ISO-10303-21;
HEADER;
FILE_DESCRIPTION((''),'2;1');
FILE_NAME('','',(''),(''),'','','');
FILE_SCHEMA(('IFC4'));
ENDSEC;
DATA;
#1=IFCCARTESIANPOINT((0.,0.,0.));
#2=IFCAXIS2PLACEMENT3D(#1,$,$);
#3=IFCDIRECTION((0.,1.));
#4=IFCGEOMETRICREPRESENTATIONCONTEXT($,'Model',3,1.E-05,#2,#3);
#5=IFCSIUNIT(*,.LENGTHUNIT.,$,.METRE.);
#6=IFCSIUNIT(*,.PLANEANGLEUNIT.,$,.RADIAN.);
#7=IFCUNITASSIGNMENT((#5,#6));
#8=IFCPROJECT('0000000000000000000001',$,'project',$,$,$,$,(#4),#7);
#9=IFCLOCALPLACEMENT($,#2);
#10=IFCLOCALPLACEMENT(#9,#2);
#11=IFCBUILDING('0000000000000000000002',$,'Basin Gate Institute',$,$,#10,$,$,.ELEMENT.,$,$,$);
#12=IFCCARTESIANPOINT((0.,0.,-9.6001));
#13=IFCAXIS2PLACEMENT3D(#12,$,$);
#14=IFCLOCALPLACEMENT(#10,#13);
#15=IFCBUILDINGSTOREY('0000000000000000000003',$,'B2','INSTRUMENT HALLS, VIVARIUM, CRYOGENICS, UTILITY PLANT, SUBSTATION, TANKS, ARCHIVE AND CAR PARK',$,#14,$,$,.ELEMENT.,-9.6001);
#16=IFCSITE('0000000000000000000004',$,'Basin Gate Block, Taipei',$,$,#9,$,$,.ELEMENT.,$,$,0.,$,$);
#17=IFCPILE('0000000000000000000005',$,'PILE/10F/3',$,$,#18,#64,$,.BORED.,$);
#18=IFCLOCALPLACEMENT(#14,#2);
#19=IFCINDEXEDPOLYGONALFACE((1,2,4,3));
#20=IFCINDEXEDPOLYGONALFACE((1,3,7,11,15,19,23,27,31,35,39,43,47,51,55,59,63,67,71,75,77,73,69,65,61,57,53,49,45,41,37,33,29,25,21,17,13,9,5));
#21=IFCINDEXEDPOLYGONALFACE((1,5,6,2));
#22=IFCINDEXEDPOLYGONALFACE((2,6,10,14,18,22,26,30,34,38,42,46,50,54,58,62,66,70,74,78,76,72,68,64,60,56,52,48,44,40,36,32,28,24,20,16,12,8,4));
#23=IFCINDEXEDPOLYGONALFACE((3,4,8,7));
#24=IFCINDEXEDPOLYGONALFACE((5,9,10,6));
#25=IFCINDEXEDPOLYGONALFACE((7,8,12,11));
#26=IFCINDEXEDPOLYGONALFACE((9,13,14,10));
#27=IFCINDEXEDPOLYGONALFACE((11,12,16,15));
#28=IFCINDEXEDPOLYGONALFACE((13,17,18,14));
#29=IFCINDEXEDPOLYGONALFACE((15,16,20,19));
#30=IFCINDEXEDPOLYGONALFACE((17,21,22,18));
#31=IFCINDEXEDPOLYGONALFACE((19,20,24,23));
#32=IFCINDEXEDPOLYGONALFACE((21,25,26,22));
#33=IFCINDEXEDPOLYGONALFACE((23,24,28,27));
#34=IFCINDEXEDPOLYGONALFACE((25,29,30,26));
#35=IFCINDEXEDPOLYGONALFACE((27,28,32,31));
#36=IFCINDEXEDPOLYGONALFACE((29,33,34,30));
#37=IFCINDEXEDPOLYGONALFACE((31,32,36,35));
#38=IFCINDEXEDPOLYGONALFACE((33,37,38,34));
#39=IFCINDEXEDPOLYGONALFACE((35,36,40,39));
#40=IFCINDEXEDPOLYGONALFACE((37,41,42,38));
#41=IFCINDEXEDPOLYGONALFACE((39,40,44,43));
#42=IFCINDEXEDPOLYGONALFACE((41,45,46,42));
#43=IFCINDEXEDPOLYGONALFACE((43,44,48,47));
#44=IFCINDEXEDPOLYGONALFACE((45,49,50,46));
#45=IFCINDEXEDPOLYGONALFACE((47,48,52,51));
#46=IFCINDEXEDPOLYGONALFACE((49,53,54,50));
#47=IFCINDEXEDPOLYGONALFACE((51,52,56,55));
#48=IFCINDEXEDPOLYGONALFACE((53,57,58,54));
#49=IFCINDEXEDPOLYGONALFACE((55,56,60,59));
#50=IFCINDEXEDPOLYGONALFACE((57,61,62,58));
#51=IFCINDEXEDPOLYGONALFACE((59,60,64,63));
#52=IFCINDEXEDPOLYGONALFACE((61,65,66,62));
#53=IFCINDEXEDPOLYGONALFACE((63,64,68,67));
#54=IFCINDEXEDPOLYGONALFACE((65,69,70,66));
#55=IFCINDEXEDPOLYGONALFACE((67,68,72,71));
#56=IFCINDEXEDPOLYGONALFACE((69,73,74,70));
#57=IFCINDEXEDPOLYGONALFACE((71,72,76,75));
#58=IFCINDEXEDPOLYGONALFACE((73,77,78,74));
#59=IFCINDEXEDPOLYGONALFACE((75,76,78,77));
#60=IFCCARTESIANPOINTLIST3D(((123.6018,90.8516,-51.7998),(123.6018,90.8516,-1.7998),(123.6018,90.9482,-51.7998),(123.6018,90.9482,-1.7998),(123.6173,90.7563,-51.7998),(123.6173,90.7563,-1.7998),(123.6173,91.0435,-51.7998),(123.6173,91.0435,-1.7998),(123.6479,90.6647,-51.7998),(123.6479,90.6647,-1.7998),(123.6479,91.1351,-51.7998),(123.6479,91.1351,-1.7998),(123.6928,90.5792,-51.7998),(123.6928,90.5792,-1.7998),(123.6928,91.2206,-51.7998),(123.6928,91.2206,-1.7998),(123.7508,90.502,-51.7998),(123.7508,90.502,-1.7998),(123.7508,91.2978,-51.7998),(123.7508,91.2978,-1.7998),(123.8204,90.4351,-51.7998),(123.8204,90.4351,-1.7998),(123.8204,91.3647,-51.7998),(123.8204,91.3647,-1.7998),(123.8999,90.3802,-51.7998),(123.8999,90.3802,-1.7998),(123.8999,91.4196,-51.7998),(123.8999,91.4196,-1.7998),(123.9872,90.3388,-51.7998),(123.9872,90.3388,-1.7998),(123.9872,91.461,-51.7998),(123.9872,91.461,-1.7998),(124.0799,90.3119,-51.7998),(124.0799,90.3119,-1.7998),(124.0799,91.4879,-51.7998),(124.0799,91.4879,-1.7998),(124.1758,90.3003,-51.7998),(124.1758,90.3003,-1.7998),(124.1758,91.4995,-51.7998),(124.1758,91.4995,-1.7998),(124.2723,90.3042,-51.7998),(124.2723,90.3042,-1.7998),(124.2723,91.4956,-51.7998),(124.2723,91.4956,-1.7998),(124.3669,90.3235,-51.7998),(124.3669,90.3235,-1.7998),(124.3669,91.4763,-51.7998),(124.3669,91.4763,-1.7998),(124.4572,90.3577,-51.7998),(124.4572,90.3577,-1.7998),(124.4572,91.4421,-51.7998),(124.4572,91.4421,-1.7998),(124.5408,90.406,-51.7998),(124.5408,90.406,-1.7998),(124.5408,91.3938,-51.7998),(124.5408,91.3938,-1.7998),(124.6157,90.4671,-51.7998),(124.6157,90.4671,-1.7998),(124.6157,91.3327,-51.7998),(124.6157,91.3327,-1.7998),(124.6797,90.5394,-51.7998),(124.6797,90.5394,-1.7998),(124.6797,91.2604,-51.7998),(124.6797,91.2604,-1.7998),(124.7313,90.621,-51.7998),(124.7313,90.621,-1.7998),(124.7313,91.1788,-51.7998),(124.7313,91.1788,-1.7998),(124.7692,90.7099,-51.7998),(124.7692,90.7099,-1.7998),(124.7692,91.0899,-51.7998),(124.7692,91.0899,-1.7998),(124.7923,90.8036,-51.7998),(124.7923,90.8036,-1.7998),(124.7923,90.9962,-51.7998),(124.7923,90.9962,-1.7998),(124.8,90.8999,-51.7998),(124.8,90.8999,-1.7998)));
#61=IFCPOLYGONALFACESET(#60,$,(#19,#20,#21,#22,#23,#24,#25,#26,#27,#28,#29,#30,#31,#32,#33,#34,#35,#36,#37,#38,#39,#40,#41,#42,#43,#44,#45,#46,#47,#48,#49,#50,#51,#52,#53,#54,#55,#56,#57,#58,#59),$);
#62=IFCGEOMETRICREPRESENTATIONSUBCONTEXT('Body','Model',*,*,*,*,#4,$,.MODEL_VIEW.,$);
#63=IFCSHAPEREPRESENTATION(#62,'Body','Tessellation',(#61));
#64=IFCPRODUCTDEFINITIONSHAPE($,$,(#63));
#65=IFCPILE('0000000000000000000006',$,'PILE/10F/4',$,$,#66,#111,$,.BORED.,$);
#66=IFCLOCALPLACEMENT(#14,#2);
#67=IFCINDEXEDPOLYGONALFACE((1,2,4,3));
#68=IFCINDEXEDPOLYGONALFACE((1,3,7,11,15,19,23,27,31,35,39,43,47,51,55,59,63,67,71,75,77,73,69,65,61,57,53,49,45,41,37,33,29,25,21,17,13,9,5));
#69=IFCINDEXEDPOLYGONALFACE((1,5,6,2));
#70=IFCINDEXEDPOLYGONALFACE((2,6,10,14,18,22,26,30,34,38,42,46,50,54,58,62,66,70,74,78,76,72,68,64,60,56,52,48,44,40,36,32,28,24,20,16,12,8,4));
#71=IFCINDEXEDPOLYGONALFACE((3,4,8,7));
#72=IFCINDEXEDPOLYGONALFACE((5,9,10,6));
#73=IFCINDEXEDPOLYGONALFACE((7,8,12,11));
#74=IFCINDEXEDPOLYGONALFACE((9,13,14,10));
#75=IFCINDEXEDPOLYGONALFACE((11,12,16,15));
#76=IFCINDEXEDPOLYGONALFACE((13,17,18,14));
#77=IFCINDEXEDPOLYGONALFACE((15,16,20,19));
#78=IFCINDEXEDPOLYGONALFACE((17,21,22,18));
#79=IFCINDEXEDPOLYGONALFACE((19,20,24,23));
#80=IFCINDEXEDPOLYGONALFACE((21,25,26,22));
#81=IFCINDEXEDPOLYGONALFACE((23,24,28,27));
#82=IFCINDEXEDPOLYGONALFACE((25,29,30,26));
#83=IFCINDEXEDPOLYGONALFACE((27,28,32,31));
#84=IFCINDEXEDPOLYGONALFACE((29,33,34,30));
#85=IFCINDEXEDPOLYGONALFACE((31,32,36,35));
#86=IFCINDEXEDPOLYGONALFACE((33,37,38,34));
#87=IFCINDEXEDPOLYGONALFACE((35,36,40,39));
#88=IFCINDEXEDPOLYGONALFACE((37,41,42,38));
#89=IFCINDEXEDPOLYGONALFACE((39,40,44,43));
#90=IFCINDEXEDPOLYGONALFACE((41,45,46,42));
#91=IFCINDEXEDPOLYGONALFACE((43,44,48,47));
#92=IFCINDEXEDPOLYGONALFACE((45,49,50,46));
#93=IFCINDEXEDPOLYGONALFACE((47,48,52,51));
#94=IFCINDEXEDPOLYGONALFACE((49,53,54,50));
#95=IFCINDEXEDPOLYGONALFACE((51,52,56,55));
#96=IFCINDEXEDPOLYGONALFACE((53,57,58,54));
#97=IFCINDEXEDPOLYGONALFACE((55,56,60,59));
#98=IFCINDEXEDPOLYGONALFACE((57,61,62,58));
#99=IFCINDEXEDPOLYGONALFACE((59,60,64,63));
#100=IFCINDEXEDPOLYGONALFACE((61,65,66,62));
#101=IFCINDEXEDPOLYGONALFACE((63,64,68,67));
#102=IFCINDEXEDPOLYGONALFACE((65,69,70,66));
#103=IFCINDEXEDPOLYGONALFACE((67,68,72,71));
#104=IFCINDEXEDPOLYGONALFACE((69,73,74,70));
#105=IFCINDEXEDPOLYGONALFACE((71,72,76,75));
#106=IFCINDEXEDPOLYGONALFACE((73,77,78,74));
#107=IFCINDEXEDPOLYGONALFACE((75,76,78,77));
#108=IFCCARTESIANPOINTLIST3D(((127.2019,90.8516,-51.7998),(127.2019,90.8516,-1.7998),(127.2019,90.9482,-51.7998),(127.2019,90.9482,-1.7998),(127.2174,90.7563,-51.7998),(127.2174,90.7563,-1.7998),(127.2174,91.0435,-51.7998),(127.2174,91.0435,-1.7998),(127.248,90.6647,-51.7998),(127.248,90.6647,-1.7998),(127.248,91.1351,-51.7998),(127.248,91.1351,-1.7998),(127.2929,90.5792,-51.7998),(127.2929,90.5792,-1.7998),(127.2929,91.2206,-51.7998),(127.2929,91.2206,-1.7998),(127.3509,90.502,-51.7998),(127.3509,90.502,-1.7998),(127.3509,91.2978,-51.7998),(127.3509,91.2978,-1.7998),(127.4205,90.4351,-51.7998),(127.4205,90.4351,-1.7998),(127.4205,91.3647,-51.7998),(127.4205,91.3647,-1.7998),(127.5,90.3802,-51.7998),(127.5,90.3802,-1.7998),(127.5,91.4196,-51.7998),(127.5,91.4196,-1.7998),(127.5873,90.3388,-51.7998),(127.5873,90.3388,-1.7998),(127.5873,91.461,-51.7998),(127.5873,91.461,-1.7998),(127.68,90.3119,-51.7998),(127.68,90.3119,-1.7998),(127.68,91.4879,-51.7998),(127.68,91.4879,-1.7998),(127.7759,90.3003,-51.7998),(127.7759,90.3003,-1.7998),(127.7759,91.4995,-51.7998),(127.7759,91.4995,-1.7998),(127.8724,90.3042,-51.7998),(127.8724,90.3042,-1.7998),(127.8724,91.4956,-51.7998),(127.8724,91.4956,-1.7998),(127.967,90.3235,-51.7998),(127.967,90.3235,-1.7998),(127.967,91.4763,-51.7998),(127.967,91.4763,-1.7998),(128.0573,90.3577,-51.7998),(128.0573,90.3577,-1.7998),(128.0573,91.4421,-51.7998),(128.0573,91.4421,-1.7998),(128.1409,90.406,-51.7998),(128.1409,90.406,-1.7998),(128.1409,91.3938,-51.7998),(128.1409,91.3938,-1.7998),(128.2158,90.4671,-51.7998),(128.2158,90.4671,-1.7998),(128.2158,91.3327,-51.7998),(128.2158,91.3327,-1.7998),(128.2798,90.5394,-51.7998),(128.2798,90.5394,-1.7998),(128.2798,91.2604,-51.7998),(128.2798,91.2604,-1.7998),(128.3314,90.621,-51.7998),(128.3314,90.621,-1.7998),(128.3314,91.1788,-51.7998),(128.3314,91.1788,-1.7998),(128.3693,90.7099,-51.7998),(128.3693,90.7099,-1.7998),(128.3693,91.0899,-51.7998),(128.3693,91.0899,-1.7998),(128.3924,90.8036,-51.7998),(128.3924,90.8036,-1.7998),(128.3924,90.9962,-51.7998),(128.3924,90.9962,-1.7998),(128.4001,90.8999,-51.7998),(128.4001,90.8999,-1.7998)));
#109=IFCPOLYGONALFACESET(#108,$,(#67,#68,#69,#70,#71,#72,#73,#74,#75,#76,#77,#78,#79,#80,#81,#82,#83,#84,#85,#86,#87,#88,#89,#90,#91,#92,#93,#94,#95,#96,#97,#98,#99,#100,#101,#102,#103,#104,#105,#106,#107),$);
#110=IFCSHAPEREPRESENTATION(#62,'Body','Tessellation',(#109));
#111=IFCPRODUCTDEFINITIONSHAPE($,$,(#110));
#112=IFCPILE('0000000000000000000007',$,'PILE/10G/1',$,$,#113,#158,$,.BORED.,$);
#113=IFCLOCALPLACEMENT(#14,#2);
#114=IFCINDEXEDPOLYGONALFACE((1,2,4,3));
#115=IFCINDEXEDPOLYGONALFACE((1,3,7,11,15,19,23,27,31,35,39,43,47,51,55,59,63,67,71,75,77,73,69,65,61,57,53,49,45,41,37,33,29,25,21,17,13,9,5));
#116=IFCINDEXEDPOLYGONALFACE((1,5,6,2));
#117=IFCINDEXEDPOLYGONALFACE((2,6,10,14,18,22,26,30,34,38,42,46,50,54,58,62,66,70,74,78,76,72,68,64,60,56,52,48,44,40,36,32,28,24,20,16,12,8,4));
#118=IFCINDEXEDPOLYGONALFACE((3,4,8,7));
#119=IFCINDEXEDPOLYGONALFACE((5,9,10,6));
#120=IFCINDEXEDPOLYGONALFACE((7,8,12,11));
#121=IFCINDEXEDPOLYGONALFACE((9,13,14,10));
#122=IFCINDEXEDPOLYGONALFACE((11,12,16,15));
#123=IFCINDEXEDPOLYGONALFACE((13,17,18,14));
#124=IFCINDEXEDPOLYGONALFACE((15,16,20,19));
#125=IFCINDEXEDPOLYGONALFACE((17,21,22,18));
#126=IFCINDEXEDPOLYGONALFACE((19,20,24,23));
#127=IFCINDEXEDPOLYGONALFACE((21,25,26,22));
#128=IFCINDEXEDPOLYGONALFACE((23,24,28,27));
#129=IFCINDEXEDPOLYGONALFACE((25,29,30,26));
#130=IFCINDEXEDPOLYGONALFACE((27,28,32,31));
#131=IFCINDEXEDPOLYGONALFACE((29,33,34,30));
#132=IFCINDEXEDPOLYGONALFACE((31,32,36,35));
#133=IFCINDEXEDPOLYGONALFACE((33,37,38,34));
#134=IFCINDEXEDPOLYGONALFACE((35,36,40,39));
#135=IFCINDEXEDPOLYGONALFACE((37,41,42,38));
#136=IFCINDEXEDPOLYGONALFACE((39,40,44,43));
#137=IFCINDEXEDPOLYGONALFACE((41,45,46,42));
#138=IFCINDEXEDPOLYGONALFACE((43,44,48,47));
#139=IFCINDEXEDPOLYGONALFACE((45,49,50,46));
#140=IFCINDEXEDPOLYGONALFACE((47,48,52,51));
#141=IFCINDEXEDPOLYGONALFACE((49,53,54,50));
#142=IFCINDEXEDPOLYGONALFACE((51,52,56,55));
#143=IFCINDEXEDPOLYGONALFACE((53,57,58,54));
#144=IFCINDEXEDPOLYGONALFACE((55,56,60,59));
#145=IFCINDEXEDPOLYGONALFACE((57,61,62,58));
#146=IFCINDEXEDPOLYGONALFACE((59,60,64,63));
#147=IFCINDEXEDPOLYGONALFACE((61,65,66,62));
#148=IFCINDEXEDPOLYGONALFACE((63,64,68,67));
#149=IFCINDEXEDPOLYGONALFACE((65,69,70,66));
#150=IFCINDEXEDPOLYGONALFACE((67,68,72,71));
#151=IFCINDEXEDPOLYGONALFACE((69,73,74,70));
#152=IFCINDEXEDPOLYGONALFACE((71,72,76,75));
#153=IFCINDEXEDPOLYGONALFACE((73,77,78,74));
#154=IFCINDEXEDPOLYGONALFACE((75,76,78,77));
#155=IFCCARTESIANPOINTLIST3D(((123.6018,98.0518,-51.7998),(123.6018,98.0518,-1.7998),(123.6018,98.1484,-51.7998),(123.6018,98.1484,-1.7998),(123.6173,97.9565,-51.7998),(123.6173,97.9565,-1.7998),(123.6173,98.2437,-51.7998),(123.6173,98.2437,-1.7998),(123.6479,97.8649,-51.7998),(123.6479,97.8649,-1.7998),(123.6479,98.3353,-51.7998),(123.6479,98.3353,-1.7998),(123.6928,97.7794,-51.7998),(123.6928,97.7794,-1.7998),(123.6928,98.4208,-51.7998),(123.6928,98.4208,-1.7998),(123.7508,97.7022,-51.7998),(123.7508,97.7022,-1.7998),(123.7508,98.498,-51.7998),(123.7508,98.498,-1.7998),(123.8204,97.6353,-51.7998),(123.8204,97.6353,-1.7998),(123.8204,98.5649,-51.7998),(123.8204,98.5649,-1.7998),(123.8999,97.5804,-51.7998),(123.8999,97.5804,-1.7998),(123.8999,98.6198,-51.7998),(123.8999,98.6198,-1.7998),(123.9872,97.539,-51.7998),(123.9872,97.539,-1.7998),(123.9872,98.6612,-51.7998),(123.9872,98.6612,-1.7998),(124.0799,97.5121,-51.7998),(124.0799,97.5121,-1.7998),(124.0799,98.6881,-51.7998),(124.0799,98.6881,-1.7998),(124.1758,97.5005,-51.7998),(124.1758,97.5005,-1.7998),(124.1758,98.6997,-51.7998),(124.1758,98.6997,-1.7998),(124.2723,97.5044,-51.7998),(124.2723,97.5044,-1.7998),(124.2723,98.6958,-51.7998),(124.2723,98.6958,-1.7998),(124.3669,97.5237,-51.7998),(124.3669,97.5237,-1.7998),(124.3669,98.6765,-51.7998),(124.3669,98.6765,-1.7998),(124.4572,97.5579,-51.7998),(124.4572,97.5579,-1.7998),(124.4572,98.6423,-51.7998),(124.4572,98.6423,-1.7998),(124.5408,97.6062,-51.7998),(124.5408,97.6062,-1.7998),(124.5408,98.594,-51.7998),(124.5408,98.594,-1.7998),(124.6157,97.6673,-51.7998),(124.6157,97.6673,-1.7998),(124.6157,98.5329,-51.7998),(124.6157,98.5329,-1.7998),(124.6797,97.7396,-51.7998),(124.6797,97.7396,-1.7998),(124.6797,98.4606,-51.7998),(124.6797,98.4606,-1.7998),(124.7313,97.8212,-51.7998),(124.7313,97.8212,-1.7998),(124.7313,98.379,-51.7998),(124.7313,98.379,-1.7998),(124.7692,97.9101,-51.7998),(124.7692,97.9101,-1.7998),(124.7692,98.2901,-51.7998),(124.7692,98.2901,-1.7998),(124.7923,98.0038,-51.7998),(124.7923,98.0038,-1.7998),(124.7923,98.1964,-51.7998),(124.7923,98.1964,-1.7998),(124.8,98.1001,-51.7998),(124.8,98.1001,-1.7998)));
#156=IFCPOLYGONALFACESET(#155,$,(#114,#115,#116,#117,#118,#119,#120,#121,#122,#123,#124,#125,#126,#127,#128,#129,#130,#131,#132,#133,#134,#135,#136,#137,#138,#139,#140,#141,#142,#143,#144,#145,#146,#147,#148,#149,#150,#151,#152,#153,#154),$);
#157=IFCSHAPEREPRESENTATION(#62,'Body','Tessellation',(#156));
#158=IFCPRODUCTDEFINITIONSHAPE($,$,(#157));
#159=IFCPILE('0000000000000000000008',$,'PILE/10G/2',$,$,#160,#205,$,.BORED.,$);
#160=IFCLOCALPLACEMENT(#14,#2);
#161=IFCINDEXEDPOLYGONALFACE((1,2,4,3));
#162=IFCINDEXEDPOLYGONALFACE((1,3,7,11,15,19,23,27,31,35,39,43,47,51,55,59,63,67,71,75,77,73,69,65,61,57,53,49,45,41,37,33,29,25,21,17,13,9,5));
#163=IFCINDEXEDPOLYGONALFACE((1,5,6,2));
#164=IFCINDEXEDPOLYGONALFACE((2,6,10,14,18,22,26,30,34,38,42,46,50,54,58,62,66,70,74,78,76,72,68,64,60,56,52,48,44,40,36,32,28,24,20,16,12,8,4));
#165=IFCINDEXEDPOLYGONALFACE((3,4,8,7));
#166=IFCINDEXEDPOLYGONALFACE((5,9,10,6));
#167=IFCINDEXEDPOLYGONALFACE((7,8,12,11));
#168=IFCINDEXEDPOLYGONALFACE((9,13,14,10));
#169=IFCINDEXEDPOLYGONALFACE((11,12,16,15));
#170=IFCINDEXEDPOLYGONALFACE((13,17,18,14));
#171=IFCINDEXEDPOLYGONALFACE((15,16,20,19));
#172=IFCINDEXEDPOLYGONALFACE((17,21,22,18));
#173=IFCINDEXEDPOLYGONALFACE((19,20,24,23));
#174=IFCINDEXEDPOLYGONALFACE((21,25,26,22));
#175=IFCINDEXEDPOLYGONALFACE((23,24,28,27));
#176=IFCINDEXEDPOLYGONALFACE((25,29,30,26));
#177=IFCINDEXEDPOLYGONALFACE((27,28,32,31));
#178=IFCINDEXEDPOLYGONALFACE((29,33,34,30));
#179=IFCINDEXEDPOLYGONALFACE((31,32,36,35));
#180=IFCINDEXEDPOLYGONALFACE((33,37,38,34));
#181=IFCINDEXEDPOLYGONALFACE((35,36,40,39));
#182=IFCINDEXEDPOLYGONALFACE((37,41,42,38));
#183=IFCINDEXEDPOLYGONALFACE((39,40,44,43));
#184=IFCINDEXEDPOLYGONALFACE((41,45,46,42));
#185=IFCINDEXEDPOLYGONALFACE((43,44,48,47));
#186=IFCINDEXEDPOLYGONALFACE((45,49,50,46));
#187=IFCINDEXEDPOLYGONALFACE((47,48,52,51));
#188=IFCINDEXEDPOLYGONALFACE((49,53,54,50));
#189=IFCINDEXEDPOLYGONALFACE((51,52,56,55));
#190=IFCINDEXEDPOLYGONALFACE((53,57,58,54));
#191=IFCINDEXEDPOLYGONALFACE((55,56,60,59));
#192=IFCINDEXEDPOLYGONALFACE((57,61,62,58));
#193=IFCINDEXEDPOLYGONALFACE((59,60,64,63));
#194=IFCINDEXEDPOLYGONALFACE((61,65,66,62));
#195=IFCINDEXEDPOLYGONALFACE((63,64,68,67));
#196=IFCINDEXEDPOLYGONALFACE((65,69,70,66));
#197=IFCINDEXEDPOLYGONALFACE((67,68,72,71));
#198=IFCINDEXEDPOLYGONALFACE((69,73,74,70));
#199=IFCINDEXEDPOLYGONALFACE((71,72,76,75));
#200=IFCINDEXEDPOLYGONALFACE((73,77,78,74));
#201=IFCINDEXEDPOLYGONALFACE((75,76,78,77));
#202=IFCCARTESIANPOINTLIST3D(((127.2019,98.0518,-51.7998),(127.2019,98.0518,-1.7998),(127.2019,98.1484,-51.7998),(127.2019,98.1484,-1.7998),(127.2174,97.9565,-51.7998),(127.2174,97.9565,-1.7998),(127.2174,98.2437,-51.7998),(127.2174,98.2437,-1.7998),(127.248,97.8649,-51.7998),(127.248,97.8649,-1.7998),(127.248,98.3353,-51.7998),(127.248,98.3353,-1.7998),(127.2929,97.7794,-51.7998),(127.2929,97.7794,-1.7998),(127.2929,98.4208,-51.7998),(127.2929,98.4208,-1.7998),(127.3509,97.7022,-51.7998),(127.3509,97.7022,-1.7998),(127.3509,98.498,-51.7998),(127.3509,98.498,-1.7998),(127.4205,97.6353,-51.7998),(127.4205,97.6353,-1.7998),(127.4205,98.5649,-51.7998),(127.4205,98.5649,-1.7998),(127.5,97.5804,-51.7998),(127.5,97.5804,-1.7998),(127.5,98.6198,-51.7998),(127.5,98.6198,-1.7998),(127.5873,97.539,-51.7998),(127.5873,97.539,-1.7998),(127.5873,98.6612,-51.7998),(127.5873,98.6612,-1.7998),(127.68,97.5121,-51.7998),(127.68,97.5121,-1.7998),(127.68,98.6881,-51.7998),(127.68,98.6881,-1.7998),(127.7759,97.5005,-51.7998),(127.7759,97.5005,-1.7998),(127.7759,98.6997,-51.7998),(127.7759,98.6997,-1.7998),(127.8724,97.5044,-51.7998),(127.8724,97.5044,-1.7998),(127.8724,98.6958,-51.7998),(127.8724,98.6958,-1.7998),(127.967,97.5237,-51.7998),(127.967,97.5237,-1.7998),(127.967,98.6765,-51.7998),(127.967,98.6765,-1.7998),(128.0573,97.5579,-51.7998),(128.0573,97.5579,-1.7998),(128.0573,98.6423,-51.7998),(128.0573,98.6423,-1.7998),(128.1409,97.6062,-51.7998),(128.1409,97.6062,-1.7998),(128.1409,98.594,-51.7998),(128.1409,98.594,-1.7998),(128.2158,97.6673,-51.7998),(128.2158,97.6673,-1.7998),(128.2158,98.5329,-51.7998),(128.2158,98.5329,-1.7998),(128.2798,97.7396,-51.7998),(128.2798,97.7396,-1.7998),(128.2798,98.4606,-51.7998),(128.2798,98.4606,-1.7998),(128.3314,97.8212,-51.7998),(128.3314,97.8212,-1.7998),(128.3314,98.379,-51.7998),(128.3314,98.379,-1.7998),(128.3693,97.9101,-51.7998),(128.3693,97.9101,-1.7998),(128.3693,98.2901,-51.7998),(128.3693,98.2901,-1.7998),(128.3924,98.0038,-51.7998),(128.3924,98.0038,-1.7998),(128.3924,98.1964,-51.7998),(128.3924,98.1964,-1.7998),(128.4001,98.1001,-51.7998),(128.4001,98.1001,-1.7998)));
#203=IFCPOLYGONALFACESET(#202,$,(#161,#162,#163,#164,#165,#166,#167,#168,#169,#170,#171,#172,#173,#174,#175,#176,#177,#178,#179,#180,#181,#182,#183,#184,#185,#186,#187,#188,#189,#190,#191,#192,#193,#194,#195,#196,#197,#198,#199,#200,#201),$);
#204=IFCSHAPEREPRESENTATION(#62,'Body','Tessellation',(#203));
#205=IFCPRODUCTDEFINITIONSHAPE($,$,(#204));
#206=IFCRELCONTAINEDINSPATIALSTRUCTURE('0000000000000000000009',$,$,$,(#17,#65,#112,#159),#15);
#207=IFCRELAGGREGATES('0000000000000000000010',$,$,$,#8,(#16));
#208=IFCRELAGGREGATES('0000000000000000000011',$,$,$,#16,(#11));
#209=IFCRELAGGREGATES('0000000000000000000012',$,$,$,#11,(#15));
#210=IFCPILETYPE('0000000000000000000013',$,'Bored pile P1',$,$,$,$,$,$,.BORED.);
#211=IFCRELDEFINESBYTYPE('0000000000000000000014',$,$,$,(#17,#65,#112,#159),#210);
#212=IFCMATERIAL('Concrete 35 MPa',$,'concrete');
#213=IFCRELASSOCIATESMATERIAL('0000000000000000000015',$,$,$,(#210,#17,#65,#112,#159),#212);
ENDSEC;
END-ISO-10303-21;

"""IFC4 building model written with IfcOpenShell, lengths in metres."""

from ifc_helpers import new_model, si_unit, direction, frame, origin, origin_2d, place, context, subcontext, project, spatial, circle, extrude, material, material_profile, profile_set, type_object, element, save


model = new_model("IFC4")

# Units and contexts
model_context = context("Model", 3, precision=1e-05, world=origin(), true_north=direction((0.0, 1.0)))
body_context = subcontext(model_context, "Body", "Model", "MODEL_VIEW")
ifc_project = project(units=[si_unit("LENGTHUNIT", "METRE"), si_unit("PLANEANGLEUNIT", "RADIAN")], contexts=[model_context])

# Site, building, storey
site_placement = place(None, origin())
site = spatial("IfcSite", under=ifc_project, at=site_placement, Name="Basin Gate Block, Taipei", CompositionType="ELEMENT", RefElevation=0.0)
building_placement = place(site_placement, origin())
building = spatial("IfcBuilding", under=site, at=building_placement, Name="Basin Gate Institute", CompositionType="ELEMENT")
storey_placement = place(building_placement, frame((0.0, 0.0, -9.6001)))
storey = spatial("IfcBuildingStorey", under=building, at=storey_placement, Name="B2", Description="INSTRUMENT HALLS, VIVARIUM, CRYOGENICS, UTILITY PLANT, SUBSTATION, TANKS, ARCHIVE AND CAR PARK", CompositionType="ELEMENT", Elevation=-9.6001)

# Piles
ifc_material_1 = material(Name="Concrete 35 MPa", Category="concrete")
ifc_material_profile_1 = material_profile(ifc_material_1, circle(Radius=0.6001, at=origin_2d()), Name="Bored pile P1 1200 dia")
ifc_profile_set_1 = profile_set([ifc_material_profile_1], Name="Concrete 35 MPa")
pile_type = type_object("IfcPileType", Name="Bored pile P1", PredefinedType="BORED", material=ifc_profile_set_1)
for number, where, z_axis, x_axis, name in (
    (1, (124.2, 90.8999, -1.7998), (0.0, 0.0, -1.0), (1.0, 0.0, 0.0), "PILE/10F/3"),
    (2, (127.8, 90.8999, -1.7998), (0.0, 0.0, -1.0), (1.0, 0.0, 0.0), "PILE/10F/4"),
    (3, (124.2, 98.1001, -1.7998), (0.0, 0.0, -1.0), (1.0, 0.0, 0.0), "PILE/10G/1"),
    (4, (127.8, 98.1001, -1.7998), (0.0, 0.0, -1.0), (1.0, 0.0, 0.0), "PILE/10G/2"),
):
    element("IfcPile", number, at=place(storey_placement, frame(where, z_axis=z_axis, x_axis=x_axis)), inside=storey, type_object=pile_type, material=ifc_profile_set_1, Name=name, PredefinedType="BORED", context=body_context, shape_type="SweptSolid", body=[
        extrude(circle(Radius=0.6001, at=origin_2d()), origin(), (0.0, 0.0, 1.0), 50.0),
    ])

save(model, "model.ifc")
